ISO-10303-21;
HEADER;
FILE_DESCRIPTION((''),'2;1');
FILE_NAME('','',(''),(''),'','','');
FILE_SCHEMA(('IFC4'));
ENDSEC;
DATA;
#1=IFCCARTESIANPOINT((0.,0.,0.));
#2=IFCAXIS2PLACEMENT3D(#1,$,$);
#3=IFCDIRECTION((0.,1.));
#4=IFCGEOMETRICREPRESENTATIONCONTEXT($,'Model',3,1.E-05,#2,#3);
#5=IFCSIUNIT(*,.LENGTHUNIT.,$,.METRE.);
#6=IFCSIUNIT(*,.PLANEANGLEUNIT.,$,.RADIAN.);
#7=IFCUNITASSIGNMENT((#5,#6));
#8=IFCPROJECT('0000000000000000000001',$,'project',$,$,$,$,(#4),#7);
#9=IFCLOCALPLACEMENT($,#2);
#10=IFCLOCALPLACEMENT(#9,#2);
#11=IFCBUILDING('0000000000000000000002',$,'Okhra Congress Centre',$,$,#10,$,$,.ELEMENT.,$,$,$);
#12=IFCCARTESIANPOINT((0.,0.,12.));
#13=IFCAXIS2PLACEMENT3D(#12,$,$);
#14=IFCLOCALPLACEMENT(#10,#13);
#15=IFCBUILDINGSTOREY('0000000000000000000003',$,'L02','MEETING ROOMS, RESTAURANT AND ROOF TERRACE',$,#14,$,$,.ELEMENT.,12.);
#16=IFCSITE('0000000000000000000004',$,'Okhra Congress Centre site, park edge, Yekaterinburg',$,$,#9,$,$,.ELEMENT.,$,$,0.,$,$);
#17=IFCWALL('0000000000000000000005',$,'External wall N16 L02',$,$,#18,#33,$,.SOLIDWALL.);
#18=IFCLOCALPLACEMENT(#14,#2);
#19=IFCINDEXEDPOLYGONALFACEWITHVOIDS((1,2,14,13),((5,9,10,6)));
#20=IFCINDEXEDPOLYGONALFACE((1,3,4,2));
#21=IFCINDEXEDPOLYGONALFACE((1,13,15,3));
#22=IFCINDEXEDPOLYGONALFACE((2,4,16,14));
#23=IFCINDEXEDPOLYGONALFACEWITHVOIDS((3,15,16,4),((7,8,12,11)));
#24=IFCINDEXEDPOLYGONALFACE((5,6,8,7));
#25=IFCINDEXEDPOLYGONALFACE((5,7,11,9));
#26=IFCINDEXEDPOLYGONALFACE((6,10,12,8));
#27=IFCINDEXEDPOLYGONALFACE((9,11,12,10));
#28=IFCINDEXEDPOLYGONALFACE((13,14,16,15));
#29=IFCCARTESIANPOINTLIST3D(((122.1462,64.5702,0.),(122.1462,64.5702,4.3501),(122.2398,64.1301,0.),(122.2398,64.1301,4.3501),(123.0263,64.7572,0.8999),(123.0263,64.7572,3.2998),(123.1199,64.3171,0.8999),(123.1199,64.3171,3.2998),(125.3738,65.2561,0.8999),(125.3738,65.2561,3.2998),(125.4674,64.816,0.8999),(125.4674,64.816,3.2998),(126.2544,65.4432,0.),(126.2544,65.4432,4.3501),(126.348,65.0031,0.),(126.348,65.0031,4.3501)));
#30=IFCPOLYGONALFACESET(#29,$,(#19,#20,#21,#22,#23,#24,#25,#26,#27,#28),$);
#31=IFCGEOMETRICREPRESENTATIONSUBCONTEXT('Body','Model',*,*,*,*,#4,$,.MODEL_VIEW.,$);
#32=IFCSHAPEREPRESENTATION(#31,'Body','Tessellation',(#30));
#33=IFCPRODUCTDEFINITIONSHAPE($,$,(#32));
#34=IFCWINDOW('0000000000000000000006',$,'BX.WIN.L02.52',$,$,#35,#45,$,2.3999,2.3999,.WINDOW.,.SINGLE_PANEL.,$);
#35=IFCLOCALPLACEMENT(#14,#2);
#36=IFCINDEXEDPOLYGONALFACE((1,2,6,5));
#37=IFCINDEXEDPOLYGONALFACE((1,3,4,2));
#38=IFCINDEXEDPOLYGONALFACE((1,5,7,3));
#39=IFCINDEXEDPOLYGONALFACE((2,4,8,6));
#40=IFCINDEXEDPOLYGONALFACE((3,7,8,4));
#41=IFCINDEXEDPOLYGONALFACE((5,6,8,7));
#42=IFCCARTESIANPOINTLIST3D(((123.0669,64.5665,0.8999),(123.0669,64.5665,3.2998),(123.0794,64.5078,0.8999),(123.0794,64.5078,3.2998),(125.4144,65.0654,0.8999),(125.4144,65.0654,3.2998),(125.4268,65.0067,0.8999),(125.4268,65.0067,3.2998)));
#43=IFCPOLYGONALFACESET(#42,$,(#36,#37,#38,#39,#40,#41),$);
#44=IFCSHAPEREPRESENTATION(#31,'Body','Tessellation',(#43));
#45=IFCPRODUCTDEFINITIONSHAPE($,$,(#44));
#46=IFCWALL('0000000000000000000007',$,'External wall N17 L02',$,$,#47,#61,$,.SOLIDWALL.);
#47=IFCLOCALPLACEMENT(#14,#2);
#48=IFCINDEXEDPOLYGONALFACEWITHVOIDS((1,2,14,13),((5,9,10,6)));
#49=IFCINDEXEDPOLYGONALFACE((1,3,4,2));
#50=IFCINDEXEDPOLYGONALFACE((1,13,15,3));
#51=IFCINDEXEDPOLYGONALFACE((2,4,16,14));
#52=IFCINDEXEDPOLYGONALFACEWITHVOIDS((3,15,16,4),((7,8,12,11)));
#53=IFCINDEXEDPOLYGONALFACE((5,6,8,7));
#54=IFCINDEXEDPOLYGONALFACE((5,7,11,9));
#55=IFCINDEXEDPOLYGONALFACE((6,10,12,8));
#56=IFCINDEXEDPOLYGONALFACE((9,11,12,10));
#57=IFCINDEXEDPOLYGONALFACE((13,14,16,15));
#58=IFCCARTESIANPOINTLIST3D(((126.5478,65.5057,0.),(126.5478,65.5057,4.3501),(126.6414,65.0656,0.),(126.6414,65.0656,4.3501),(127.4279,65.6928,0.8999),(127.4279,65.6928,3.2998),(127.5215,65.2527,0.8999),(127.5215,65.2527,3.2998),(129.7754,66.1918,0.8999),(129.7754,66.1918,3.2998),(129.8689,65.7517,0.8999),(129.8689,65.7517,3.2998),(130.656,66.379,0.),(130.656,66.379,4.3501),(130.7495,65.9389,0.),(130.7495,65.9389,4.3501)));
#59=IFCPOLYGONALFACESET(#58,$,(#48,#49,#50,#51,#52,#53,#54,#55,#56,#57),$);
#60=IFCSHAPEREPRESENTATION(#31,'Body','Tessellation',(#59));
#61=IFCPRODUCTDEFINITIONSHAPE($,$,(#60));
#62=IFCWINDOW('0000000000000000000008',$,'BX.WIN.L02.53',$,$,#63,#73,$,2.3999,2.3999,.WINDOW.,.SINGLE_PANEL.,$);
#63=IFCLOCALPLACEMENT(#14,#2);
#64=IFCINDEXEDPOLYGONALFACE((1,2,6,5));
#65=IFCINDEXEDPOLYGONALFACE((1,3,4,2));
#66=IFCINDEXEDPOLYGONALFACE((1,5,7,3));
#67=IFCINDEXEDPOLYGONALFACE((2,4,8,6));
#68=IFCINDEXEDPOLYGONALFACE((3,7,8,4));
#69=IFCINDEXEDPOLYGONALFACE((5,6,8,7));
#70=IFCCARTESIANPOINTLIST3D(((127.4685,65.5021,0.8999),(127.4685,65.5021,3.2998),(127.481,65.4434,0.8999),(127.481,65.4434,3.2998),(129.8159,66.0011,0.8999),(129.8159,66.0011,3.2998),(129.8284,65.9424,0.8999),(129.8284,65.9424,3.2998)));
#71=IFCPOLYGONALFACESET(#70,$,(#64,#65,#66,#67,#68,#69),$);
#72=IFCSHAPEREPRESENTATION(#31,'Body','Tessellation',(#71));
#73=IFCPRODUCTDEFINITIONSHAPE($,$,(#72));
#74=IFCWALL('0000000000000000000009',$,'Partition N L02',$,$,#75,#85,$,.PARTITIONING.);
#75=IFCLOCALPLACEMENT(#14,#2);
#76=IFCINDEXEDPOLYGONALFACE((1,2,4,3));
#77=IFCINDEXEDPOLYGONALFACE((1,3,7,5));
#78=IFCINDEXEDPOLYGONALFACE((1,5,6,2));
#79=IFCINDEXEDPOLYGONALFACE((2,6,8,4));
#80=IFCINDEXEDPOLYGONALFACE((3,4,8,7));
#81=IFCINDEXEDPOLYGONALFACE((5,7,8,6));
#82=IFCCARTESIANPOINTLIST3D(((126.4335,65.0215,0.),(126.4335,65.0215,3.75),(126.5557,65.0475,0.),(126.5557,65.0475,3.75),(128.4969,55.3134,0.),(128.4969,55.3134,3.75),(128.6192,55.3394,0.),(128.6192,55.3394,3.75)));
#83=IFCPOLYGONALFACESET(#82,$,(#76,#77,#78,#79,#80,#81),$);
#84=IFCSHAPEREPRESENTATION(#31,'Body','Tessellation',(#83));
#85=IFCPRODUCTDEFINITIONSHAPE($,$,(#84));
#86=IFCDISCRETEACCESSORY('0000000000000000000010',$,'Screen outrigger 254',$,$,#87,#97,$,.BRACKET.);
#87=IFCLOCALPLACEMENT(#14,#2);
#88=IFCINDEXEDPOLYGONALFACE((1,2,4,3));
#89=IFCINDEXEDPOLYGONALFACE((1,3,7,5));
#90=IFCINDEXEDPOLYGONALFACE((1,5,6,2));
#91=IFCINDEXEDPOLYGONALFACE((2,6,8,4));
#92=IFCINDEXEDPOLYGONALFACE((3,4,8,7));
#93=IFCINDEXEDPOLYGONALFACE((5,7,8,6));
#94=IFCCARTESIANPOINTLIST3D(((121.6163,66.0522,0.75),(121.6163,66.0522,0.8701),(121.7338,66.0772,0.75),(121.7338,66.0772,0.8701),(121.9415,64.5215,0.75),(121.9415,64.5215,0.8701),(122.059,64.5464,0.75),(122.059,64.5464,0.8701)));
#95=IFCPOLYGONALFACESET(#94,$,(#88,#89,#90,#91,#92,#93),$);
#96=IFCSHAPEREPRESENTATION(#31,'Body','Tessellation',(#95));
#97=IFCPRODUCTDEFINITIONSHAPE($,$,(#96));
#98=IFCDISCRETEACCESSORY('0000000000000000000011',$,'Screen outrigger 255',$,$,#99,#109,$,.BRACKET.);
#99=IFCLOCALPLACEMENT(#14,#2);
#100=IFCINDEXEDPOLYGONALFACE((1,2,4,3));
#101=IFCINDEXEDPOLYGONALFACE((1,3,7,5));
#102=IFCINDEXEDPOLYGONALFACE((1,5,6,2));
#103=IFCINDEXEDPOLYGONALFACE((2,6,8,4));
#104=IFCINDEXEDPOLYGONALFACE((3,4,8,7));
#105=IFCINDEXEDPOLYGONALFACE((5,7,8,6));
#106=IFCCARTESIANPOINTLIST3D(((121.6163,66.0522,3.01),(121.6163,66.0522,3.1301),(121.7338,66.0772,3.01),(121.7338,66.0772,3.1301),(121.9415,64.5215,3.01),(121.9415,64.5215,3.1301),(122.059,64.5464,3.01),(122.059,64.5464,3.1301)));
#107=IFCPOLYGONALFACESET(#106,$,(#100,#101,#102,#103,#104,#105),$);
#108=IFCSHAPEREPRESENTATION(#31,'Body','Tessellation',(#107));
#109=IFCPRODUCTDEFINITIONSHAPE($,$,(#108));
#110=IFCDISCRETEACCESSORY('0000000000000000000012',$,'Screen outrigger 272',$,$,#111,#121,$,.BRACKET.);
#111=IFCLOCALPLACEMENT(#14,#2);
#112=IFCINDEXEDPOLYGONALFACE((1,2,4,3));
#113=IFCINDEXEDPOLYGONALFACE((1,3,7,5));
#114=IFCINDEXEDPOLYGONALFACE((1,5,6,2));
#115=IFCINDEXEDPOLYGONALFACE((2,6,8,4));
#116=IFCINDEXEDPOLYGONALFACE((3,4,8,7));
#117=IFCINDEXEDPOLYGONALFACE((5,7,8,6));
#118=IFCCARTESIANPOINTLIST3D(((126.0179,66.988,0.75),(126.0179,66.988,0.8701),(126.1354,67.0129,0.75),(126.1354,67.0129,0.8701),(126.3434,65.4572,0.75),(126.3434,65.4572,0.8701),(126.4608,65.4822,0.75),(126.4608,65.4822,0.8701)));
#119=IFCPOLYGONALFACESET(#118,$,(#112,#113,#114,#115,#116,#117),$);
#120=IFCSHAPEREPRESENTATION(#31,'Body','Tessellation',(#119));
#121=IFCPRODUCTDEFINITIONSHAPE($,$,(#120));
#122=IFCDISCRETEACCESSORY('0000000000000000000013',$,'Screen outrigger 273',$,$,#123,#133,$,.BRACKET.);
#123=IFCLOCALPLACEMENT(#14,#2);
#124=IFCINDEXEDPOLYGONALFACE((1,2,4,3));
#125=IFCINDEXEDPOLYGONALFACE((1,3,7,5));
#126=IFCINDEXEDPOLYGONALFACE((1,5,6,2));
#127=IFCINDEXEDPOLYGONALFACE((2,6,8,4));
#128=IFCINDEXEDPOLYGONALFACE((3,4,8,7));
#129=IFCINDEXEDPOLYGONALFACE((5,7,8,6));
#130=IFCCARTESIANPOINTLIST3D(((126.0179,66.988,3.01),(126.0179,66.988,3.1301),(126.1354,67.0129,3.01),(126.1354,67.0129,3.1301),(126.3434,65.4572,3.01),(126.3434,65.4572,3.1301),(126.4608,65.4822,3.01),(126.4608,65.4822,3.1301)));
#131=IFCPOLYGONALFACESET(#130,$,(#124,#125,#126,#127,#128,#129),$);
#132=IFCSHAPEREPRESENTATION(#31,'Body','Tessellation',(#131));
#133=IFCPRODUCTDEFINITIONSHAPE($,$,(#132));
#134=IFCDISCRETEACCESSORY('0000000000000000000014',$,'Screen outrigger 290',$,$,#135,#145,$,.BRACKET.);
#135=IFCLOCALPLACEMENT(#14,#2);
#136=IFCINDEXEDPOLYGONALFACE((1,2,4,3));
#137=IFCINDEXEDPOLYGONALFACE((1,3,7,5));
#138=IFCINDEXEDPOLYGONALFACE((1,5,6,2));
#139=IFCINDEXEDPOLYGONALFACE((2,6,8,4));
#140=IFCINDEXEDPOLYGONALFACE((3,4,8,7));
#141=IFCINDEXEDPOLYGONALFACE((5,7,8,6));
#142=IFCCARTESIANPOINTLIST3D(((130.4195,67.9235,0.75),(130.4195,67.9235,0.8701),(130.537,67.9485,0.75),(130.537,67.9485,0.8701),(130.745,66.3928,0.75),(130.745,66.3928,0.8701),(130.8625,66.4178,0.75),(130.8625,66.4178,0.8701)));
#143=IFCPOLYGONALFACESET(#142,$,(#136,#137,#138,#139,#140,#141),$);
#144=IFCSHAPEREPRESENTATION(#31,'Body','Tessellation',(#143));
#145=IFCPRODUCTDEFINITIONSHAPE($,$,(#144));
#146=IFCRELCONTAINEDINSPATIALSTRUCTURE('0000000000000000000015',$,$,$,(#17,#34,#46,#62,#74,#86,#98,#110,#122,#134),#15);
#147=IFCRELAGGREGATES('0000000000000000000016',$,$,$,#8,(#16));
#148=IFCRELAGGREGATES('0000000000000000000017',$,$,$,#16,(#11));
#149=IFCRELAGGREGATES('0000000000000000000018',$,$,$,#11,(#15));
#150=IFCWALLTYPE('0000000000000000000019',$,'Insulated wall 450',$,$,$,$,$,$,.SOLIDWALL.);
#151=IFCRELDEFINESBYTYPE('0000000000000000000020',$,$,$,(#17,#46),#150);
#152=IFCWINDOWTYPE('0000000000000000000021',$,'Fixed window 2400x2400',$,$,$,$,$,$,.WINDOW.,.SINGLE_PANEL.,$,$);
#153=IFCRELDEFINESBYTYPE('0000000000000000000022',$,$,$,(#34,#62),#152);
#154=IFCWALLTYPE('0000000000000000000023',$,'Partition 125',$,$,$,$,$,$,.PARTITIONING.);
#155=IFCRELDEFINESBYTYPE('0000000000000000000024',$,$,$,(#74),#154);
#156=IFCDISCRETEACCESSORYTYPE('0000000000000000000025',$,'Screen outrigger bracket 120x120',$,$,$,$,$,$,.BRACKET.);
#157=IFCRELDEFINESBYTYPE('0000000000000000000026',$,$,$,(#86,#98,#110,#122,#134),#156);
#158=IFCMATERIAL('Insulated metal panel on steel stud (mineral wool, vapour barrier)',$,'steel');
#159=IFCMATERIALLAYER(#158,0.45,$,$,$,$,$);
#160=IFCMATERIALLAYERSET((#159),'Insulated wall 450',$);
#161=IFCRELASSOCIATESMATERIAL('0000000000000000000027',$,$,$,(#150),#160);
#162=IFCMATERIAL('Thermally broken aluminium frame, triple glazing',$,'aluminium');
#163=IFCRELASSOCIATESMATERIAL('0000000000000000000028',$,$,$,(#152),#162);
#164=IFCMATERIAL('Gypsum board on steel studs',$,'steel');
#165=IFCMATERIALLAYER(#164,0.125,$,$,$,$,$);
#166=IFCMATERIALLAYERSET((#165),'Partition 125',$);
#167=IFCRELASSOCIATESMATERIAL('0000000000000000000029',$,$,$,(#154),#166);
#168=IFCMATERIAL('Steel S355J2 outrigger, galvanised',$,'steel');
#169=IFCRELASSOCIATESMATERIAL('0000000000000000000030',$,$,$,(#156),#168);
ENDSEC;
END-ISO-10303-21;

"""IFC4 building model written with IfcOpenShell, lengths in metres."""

from ifc_helpers import new_model, si_unit, direction, frame, frame_2d, origin, origin_2d, place, context, subcontext, project, spatial, rectangle, extrude, material, layer, layer_set, material_profile, profile_set, type_object, element, fill, save


model = new_model("IFC4")

# Units and contexts
model_context = context("Model", 3, precision=1e-05, world=origin(), true_north=direction((0.0, 1.0)))
body_context = subcontext(model_context, "Body", "Model", "MODEL_VIEW")
ifc_project = project(units=[si_unit("LENGTHUNIT", "METRE"), si_unit("PLANEANGLEUNIT", "RADIAN")], contexts=[model_context])

# Site, building, storey
site_placement = place(None, origin())
site = spatial("IfcSite", under=ifc_project, at=site_placement, Name="Okhra Congress Centre site, park edge, Yekaterinburg", CompositionType="ELEMENT", RefElevation=0.0)
building_placement = place(site_placement, origin())
building = spatial("IfcBuilding", under=site, at=building_placement, Name="Okhra Congress Centre", CompositionType="ELEMENT")
storey_placement = place(building_placement, frame((0.0, 0.0, 12.0)))
storey = spatial("IfcBuildingStorey", under=building, at=storey_placement, Name="L02", Description="MEETING ROOMS, RESTAURANT AND ROOF TERRACE", CompositionType="ELEMENT", Elevation=12.0)

# Walls, openings, windows
ifc_material_1 = material(Name="Insulated metal panel on steel stud (mineral wool, vapour barrier)", Category="steel")
ifc_layer_1 = layer(ifc_material_1, 0.45)
ifc_layer_set_1 = layer_set([ifc_layer_1], Name="Insulated wall 450")
wall_type_1 = type_object("IfcWallType", Name="Insulated wall 450", PredefinedType="SOLIDWALL", material=ifc_layer_set_1)
ifc_material_2 = material(Name="Thermally broken aluminium frame, triple glazing", Category="aluminium")
window_type = type_object("IfcWindowType", Name="Fixed window 2400x2400", PartitioningType="SINGLE_PANEL", PredefinedType="WINDOW", material=ifc_material_2)
wall_1_placement = place(storey_placement, frame((122.1929, 64.3501, 0.0), z_axis=(0.0, 0.0, 1.0), x_axis=(0.978156, 0.207873, 0.0)))
wall_1 = element("IfcWall", 1, at=wall_1_placement, inside=storey, type_object=wall_type_1, Name="External wall N16 L02", PredefinedType="SOLIDWALL", context=body_context, shape_type="SweptSolid", body=[
    extrude(rectangle(XDim=4.2, YDim=0.45, at=frame_2d((2.1001, 0.0))), origin(), (0.0, 0.0, 1.0), 4.3501),
])
opening_1_placement = place(wall_1_placement, frame((0.8999, 0.0, 0.8999)))
opening_1 = element("IfcOpeningElement", 2, at=opening_1_placement, cuts=wall_1, PredefinedType="OPENING", context=body_context, shape_type="SweptSolid", body=[
    extrude(rectangle(XDim=2.3999, YDim=2.3999, at=frame_2d((1.2, 1.2))), frame((0.0, 0.2349, 0.0), z_axis=(0.0, -1.0, 0.0), x_axis=(1.0, 0.0, 0.0)), (0.0, 0.0, 1.0), 0.47),
])
window_1_placement = place(opening_1_placement, origin())
window_1 = element("IfcWindow", 3, at=window_1_placement, inside=storey, type_object=window_type, Name="BX.WIN.L02.52", OverallHeight=2.3999, OverallWidth=2.3999, PartitioningType="SINGLE_PANEL", PredefinedType="WINDOW", context=body_context, shape_type="SweptSolid", body=[
    extrude(rectangle(XDim=2.3999, YDim=2.3999, at=frame_2d((1.2, 1.2))), frame((0.0, 0.03, 0.0), z_axis=(0.0, -1.0, 0.0), x_axis=(1.0, 0.0, 0.0)), (0.0, 0.0, 1.0), 0.0601),
])
fill(opening_1, window_1)
wall_2_placement = place(storey_placement, frame((126.5945, 65.2856, 0.0), z_axis=(0.0, 0.0, 1.0), x_axis=(0.978144, 0.207929, 0.0)))
wall_2 = element("IfcWall", 4, at=wall_2_placement, inside=storey, type_object=wall_type_1, Name="External wall N17 L02", PredefinedType="SOLIDWALL", context=body_context, shape_type="SweptSolid", body=[
    extrude(rectangle(XDim=4.2, YDim=0.45, at=frame_2d((2.1001, 0.0))), origin(), (0.0, 0.0, 1.0), 4.3501),
])
opening_2_placement = place(wall_2_placement, frame((0.8999, 0.0, 0.8999)))
opening_2 = element("IfcOpeningElement", 5, at=opening_2_placement, cuts=wall_2, PredefinedType="OPENING", context=body_context, shape_type="SweptSolid", body=[
    extrude(rectangle(XDim=2.3999, YDim=2.3999, at=frame_2d((1.2, 1.2))), frame((0.0, 0.2349, 0.0), z_axis=(0.0, -1.0, 0.0), x_axis=(1.0, 0.0, 0.0)), (0.0, 0.0, 1.0), 0.47),
])
window_2_placement = place(opening_2_placement, origin())
window_2 = element("IfcWindow", 6, at=window_2_placement, inside=storey, type_object=window_type, Name="BX.WIN.L02.53", OverallHeight=2.3999, OverallWidth=2.3999, PartitioningType="SINGLE_PANEL", PredefinedType="WINDOW", context=body_context, shape_type="SweptSolid", body=[
    extrude(rectangle(XDim=2.3999, YDim=2.3999, at=frame_2d((1.2, 1.2))), frame((0.0, 0.03, 0.0), z_axis=(0.0, -1.0, 0.0), x_axis=(1.0, 0.0, 0.0)), (0.0, 0.0, 1.0), 0.0601),
])
fill(opening_2, window_2)

# Wall
ifc_material_3 = material(Name="Gypsum board on steel studs", Category="steel")
ifc_layer_2 = layer(ifc_material_3, 0.125)
ifc_layer_set_2 = layer_set([ifc_layer_2], Name="Partition 125")
wall_type_2 = type_object("IfcWallType", Name="Partition 125", PredefinedType="PARTITIONING", material=ifc_layer_set_2)
wall_3_placement = place(storey_placement, frame((126.4946, 65.0344, 0.0), z_axis=(0.0, 0.0, 1.0), x_axis=(0.207904, -0.978149, 0.0)))
element("IfcWall", 7, at=wall_3_placement, inside=storey, type_object=wall_type_2, Name="Partition N L02", PredefinedType="PARTITIONING", context=body_context, shape_type="SweptSolid", body=[
    extrude(rectangle(XDim=9.925, YDim=0.125, at=frame_2d((4.9624, 0.0))), origin(), (0.0, 0.0, 1.0), 3.75),
])

# Discrete accessories
ifc_material_4 = material(Name="Steel S355J2 outrigger, galvanised", Category="steel")
ifc_material_profile_1 = material_profile(ifc_material_4, rectangle(XDim=0.1201, YDim=0.1201, at=origin_2d()), Name="Screen outrigger bracket 120x120")
ifc_profile_set_1 = profile_set([ifc_material_profile_1], Name="Steel S355J2 outrigger, galvanised")
discrete_accessory_type = type_object("IfcDiscreteAccessoryType", Name="Screen outrigger bracket 120x120", PredefinedType="BRACKET", material=ifc_profile_set_1)
for number, where, z_axis, x_axis, name in (
    (8, (122.0002, 64.5339, 0.8101), (-0.207803, 0.978171, 0.0), (-0.978171, -0.207803, 0.0), "Screen outrigger 254"),
    (9, (122.0002, 64.5339, 3.0701), (-0.207803, 0.978171, 0.0), (-0.978171, -0.207803, 0.0), "Screen outrigger 255"),
    (10, (126.4021, 65.4697, 0.8101), (-0.207952, 0.978139, 0.0), (-0.978139, -0.207952, 0.0), "Screen outrigger 272"),
    (11, (126.4021, 65.4697, 3.0701), (-0.207952, 0.978139, 0.0), (-0.978139, -0.207952, 0.0), "Screen outrigger 273"),
    (12, (130.8037, 66.4053, 0.8101), (-0.207952, 0.978139, 0.0), (-0.978139, -0.207952, 0.0), "Screen outrigger 290"),
):
    element("IfcDiscreteAccessory", number, at=place(storey_placement, frame(where, z_axis=z_axis, x_axis=x_axis)), inside=storey, type_object=discrete_accessory_type, Name=name, PredefinedType="BRACKET", context=body_context, shape_type="SweptSolid", body=[
        extrude(rectangle(XDim=0.1201, YDim=0.1201, at=origin_2d()), origin(), (0.0, 0.0, 1.0), 1.5649),
    ])

save(model, "model.ifc")
